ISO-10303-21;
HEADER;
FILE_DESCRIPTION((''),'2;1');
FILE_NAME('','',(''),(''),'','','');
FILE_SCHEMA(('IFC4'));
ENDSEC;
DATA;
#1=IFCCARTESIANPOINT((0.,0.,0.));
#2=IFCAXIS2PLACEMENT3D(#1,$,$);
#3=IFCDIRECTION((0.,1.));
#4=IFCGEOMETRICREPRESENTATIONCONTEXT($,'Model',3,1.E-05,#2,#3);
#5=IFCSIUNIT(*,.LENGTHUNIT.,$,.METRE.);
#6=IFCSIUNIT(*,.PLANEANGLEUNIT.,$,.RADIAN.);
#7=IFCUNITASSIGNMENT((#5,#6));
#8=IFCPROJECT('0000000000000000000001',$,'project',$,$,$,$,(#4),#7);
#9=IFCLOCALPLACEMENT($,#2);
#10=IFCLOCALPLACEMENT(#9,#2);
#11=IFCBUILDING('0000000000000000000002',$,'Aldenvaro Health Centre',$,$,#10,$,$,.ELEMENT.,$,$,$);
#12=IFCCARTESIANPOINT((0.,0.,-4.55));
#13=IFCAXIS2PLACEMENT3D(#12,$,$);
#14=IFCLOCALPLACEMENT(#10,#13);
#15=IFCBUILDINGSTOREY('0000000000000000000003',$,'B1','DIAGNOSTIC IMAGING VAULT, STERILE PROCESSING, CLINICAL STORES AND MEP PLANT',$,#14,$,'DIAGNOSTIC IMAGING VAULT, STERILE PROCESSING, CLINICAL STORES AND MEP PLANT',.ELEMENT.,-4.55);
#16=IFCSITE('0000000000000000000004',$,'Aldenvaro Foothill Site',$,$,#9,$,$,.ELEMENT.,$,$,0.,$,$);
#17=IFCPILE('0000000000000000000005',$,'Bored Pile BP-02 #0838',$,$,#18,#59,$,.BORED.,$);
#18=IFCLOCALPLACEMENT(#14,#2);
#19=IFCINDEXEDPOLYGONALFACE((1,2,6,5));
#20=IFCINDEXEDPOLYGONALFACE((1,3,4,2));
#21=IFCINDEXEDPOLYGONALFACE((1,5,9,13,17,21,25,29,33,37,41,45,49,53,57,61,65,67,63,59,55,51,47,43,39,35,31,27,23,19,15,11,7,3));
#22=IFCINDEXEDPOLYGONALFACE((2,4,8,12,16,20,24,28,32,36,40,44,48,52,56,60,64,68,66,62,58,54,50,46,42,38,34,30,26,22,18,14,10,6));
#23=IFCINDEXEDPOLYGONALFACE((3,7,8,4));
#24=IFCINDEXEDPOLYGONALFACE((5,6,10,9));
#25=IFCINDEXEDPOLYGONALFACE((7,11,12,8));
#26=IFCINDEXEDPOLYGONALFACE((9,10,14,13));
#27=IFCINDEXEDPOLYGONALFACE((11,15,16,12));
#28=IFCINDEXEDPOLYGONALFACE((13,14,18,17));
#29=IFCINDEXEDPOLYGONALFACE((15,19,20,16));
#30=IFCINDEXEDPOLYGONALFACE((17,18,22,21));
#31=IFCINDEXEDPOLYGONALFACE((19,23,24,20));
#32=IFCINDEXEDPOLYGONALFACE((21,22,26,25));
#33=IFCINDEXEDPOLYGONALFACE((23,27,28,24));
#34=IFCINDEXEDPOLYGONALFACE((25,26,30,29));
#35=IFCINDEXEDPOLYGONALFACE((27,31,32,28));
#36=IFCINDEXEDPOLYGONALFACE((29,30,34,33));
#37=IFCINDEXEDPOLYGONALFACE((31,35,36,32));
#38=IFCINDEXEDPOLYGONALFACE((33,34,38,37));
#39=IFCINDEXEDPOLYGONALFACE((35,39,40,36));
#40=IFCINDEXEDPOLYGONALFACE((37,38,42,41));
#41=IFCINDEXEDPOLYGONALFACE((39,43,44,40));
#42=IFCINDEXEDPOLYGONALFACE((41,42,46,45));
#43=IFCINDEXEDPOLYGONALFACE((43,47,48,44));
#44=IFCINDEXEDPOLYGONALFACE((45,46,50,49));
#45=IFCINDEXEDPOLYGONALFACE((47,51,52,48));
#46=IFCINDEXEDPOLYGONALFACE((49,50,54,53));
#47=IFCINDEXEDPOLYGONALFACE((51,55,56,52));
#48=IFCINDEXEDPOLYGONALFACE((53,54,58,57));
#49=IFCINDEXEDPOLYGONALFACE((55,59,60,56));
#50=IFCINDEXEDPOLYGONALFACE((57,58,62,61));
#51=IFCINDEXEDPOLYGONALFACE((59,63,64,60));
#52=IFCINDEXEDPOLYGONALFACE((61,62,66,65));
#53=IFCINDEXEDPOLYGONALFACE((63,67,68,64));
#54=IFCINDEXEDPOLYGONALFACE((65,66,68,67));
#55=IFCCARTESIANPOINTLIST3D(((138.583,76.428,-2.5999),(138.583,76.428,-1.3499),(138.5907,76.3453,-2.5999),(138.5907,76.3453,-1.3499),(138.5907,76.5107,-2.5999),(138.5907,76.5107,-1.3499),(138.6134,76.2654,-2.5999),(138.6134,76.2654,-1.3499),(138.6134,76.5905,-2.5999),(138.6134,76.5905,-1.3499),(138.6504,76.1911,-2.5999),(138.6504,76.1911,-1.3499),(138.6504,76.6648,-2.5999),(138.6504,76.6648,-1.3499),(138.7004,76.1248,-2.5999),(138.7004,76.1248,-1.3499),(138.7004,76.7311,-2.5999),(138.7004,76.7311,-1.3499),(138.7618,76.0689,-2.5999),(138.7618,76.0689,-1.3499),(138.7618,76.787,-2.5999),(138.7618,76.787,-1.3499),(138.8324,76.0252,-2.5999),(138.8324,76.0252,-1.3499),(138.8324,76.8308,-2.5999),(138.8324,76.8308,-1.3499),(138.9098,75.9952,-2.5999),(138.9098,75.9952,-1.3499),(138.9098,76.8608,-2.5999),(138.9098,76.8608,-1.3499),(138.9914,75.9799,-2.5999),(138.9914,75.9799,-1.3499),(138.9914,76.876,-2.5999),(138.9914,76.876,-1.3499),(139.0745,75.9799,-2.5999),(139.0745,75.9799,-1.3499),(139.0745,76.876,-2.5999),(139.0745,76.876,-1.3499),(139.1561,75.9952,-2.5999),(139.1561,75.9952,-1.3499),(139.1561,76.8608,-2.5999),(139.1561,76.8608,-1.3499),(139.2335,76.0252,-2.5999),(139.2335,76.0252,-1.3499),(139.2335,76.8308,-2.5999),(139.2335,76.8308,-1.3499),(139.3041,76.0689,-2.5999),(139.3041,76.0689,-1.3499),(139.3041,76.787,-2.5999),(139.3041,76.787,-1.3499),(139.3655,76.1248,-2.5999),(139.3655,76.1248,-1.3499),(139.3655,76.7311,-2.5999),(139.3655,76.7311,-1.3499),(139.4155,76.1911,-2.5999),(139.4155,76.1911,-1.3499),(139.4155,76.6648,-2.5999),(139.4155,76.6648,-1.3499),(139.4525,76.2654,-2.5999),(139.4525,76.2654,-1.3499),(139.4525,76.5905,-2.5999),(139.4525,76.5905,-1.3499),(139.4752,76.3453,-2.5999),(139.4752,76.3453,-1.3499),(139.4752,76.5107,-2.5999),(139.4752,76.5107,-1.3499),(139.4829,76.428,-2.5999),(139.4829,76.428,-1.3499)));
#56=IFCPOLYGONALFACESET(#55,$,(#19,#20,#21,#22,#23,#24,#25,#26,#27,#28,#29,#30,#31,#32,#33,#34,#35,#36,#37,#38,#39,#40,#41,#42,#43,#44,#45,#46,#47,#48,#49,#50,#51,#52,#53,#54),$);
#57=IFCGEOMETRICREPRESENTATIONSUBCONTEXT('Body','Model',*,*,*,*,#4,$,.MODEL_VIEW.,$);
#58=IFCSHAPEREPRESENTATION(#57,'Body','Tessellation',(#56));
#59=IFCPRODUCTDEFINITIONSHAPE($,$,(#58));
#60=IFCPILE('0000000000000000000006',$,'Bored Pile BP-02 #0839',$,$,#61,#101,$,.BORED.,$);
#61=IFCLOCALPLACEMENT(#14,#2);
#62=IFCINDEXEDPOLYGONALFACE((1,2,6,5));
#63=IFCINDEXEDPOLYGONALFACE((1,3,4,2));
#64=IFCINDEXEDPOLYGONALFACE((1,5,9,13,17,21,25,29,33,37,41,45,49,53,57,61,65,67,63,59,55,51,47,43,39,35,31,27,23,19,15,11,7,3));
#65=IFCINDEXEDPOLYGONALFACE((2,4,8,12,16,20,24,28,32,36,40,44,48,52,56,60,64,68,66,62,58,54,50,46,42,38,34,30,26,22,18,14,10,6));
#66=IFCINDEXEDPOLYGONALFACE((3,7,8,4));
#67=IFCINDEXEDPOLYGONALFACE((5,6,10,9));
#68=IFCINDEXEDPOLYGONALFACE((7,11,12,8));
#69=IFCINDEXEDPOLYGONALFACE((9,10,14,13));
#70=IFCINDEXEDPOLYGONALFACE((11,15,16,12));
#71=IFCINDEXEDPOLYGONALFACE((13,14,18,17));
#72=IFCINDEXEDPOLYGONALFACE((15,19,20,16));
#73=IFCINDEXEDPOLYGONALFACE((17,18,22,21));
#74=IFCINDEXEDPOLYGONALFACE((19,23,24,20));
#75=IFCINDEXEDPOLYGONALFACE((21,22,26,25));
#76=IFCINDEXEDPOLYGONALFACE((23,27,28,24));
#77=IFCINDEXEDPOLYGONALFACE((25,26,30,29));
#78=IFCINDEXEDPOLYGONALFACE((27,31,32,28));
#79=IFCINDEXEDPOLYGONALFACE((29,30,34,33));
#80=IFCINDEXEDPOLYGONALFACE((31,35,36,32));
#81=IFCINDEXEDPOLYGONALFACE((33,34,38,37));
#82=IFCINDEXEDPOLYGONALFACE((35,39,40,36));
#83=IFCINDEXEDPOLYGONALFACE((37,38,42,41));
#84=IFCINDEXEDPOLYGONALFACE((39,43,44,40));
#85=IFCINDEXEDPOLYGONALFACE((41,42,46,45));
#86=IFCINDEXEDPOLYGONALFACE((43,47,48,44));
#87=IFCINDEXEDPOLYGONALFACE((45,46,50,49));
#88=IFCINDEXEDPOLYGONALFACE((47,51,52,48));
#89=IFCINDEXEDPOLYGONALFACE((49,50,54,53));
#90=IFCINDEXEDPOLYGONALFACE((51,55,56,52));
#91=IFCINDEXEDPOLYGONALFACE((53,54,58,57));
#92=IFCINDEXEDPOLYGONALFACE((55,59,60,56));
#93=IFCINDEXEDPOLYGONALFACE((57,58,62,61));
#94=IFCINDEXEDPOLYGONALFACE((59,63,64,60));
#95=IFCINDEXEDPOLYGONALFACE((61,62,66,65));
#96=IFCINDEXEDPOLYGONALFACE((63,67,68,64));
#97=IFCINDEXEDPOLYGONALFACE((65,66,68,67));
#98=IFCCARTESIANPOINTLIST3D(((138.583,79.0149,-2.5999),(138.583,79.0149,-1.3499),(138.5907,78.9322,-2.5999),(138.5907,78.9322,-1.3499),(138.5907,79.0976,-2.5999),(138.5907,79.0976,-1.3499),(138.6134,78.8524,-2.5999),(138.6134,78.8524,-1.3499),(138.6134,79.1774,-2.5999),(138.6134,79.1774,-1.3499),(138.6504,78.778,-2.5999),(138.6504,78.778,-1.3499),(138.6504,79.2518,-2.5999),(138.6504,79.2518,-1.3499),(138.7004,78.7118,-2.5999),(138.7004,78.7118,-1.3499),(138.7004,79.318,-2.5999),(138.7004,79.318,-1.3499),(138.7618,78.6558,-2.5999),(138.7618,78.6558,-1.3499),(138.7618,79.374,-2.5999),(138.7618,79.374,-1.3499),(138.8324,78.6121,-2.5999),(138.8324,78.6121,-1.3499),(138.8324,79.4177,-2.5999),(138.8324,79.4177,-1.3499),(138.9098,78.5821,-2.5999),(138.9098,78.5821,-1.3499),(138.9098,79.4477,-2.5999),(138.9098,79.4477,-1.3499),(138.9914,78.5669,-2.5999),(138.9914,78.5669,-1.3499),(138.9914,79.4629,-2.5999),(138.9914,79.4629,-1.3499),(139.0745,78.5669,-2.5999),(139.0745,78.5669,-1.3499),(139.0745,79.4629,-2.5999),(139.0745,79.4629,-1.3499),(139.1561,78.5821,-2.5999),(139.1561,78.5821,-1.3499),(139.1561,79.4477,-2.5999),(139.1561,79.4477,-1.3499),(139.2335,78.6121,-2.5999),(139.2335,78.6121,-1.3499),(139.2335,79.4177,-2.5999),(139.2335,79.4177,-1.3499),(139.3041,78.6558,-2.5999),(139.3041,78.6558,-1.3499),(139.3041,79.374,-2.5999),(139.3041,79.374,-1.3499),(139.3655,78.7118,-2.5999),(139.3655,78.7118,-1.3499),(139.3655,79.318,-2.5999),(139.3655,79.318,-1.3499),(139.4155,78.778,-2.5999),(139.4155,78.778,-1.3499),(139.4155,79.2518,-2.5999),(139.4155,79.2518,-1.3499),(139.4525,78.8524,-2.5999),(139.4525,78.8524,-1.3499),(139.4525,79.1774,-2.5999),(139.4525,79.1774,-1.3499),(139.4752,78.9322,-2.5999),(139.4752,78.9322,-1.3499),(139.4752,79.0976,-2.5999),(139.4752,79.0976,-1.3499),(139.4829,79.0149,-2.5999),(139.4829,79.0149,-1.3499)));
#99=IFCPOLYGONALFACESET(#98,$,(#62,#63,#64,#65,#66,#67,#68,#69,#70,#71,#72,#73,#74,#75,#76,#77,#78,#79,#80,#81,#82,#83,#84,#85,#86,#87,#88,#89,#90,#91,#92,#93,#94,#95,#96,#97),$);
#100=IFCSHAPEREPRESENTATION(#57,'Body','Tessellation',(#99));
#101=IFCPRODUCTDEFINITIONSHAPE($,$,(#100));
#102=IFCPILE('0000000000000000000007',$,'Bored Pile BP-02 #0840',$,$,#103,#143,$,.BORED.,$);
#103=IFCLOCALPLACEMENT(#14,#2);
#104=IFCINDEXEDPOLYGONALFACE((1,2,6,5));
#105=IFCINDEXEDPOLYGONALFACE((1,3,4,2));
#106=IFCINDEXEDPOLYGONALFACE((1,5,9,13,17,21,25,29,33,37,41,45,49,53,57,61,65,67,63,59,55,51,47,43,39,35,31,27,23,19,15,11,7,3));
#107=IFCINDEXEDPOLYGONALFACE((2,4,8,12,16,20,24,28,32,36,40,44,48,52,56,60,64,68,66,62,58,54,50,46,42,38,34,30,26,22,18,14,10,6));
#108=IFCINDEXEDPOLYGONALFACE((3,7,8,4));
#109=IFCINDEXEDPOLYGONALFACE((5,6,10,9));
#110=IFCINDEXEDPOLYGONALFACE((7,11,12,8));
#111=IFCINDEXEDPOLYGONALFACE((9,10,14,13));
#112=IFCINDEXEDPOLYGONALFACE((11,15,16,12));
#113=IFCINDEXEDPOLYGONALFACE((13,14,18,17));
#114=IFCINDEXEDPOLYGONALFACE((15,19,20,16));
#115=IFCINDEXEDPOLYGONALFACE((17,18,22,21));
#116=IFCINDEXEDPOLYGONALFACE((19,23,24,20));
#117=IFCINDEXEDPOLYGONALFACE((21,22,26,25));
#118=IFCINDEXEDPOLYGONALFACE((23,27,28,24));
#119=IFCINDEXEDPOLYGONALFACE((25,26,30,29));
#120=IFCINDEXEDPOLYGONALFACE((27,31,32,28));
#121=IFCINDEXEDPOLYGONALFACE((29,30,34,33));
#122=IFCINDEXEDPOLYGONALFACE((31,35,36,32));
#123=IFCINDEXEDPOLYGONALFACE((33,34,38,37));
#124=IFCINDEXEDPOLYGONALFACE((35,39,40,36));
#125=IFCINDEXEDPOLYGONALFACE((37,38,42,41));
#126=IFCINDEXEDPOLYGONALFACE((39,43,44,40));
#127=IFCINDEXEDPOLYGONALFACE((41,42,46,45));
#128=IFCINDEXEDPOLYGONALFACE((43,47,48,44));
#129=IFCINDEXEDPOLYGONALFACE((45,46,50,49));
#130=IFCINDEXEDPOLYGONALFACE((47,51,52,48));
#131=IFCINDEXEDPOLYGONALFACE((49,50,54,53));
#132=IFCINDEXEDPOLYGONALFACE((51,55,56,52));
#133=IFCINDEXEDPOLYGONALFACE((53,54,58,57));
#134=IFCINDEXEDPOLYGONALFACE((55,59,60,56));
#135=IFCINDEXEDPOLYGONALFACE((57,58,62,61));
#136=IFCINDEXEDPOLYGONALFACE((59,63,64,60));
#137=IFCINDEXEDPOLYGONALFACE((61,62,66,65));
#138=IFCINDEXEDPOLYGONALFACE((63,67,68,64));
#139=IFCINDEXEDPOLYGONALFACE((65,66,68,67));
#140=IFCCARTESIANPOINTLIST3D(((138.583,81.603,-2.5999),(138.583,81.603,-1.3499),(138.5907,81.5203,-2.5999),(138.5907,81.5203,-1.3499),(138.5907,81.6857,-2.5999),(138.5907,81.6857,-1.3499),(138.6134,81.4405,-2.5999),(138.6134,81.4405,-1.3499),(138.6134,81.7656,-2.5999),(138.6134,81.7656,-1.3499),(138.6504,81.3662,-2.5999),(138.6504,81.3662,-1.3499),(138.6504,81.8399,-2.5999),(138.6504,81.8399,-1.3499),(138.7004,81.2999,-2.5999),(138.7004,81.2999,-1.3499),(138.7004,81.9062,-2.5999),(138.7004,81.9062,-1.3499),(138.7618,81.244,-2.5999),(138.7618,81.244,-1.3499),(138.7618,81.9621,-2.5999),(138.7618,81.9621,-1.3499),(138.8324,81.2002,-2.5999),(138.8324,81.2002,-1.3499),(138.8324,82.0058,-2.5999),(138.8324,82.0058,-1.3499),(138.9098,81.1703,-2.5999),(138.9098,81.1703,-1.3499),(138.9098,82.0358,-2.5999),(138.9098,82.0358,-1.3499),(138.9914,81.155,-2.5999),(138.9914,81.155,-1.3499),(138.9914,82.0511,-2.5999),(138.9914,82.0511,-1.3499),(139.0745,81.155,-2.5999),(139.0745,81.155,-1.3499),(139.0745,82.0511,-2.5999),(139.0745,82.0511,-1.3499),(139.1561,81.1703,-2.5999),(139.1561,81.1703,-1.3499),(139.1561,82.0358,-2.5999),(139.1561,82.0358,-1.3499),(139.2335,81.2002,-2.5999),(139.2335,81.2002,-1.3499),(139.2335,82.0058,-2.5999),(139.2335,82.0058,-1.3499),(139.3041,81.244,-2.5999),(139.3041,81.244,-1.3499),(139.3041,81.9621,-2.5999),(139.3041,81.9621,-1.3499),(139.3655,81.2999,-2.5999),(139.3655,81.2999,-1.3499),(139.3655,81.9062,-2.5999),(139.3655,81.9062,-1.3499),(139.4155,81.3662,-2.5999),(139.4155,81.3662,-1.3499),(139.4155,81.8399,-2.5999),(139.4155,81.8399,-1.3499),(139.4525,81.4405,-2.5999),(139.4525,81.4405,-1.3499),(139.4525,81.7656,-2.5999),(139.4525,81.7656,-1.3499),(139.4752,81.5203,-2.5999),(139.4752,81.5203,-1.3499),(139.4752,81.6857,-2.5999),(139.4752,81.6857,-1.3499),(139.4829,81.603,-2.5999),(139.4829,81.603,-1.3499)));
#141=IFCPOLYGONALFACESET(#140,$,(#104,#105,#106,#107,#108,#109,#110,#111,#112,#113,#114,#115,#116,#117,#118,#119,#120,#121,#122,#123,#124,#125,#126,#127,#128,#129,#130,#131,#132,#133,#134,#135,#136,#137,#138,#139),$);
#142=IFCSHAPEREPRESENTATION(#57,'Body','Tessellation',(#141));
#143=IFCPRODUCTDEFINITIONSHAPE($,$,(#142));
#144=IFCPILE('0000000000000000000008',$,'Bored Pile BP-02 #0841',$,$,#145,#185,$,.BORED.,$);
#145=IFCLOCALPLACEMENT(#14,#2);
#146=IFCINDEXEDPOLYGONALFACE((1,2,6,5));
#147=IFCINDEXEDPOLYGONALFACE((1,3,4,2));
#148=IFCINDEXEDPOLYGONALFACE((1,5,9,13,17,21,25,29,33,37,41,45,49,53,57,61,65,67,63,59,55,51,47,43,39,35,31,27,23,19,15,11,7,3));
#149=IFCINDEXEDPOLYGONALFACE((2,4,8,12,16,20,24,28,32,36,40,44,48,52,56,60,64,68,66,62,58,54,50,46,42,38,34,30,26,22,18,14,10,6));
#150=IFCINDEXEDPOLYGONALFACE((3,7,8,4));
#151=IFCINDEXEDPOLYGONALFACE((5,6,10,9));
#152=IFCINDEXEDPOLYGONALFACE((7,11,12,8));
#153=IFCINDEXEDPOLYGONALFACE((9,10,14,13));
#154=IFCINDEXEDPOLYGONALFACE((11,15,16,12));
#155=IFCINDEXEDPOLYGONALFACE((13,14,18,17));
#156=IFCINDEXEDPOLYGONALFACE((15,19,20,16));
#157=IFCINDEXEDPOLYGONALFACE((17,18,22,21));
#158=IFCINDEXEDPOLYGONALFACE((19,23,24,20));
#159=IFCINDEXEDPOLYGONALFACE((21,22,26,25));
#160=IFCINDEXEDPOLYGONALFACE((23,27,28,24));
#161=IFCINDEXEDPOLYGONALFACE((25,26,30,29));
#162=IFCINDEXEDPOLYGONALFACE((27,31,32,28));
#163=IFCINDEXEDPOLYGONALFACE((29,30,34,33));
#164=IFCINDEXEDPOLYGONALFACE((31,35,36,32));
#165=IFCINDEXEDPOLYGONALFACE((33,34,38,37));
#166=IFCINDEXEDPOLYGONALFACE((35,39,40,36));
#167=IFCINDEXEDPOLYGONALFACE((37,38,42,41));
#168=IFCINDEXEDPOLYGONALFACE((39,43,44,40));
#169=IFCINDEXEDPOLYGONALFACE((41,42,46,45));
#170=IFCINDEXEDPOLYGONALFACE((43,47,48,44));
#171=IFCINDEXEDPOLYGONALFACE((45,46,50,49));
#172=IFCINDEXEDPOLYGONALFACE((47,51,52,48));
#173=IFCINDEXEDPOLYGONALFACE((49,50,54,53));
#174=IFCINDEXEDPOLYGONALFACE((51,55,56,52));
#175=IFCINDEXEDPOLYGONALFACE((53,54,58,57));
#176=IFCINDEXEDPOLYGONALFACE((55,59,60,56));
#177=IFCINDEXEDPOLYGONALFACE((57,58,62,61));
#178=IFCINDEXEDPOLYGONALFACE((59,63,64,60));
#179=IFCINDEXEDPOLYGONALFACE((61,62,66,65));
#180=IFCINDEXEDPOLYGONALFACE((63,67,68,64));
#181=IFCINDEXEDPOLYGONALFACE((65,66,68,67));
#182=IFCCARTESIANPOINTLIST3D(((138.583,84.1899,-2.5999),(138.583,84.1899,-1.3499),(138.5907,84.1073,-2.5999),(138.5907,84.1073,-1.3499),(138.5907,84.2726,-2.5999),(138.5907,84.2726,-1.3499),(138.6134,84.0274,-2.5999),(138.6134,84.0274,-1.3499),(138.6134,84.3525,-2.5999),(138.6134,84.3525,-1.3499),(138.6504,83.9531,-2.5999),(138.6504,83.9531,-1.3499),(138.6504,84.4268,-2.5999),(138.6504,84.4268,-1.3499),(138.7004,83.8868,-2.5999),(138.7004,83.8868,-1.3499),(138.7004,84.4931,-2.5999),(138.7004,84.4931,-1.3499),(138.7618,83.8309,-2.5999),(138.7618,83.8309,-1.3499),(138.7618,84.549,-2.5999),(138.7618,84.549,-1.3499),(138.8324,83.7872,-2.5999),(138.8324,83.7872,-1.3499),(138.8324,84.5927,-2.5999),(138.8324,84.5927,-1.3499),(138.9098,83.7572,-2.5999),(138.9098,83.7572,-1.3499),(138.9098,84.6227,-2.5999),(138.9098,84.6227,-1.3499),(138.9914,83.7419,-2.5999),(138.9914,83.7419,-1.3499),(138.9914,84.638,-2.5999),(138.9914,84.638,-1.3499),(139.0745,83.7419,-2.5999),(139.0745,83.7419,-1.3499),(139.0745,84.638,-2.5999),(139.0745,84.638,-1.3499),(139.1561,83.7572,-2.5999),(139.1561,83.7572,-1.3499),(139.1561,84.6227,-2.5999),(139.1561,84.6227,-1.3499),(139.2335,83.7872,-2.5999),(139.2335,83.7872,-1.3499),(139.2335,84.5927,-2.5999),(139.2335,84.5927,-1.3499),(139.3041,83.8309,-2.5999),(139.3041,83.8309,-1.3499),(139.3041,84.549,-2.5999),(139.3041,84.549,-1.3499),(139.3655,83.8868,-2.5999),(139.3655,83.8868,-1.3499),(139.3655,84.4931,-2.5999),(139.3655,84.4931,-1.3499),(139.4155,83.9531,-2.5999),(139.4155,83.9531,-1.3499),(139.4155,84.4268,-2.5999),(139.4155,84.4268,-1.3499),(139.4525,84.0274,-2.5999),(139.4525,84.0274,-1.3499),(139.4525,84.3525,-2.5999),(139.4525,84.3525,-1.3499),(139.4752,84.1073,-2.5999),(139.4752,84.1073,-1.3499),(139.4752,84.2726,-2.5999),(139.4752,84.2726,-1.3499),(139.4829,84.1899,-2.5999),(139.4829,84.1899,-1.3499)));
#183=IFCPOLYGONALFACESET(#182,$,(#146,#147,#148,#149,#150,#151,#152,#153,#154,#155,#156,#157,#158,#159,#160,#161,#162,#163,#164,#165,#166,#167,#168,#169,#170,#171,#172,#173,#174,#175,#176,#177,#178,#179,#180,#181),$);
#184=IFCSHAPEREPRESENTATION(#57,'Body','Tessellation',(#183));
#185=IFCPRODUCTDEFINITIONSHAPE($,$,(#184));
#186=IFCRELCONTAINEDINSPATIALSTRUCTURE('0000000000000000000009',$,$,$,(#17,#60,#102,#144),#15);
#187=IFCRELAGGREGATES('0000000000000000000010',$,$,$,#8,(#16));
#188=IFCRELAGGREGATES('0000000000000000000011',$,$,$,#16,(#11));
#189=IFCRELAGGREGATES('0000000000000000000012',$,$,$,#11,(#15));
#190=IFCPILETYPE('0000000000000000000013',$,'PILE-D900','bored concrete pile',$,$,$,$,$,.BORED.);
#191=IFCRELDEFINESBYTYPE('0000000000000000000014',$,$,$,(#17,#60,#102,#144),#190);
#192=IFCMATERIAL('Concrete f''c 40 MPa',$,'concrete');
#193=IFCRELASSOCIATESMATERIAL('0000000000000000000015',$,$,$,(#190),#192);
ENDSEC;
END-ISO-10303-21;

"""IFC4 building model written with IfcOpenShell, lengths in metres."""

from ifc_helpers import new_model, si_unit, direction, frame, origin, origin_2d, place, context, subcontext, project, spatial, circle, extrude, material, material_profile, profile_set, type_object, element, save


model = new_model("IFC4")

# Units and contexts
model_context = context("Model", 3, precision=1e-05, world=origin(), true_north=direction((0.0, 1.0)))
body_context = subcontext(model_context, "Body", "Model", "MODEL_VIEW")
ifc_project = project(units=[si_unit("LENGTHUNIT", "METRE"), si_unit("PLANEANGLEUNIT", "RADIAN")], contexts=[model_context])

# Site, building, storey
site_placement = place(None, origin())
site = spatial("IfcSite", under=ifc_project, at=site_placement, Name="Aldenvaro Foothill Site", CompositionType="ELEMENT", RefElevation=0.0)
building_placement = place(site_placement, origin())
building = spatial("IfcBuilding", under=site, at=building_placement, Name="Aldenvaro Health Centre", CompositionType="ELEMENT")
storey_placement = place(building_placement, frame((0.0, 0.0, -4.55)))
storey = spatial("IfcBuildingStorey", under=building, at=storey_placement, Name="B1", Description="DIAGNOSTIC IMAGING VAULT, STERILE PROCESSING, CLINICAL STORES AND MEP PLANT", LongName="DIAGNOSTIC IMAGING VAULT, STERILE PROCESSING, CLINICAL STORES AND MEP PLANT", CompositionType="ELEMENT", Elevation=-4.55)

# Piles
ifc_material_1 = material(Name="Concrete f'c 40 MPa", Category="concrete")
ifc_material_profile_1 = material_profile(ifc_material_1, circle(Radius=0.45, at=origin_2d()), Name="PILE D900", Category="concrete")
ifc_profile_set_1 = profile_set([ifc_material_profile_1], Name="Concrete f'c 40 MPa")
pile_type = type_object("IfcPileType", Name="PILE-D900", Description="bored concrete pile", PredefinedType="BORED", material=ifc_profile_set_1)
for number, where, z_axis, x_axis, name in (
    (1, (139.033, 76.428, -1.3499), (0.0, 0.0, -1.0), (1.0, 0.0, 0.0), "Bored Pile BP-02 #0838"),
    (2, (139.033, 79.0149, -1.3499), (0.0, 0.0, -1.0), (1.0, 0.0, 0.0), "Bored Pile BP-02 #0839"),
    (3, (139.033, 81.603, -1.3499), (0.0, 0.0, -1.0), (1.0, 0.0, 0.0), "Bored Pile BP-02 #0840"),
    (4, (139.033, 84.1899, -1.3499), (0.0, 0.0, -1.0), (1.0, 0.0, 0.0), "Bored Pile BP-02 #0841"),
):
    element("IfcPile", number, at=place(storey_placement, frame(where, z_axis=z_axis, x_axis=x_axis)), inside=storey, type_object=pile_type, Name=name, PredefinedType="BORED", context=body_context, shape_type="SweptSolid", body=[
        extrude(circle(Radius=0.45, at=origin_2d()), origin(), (0.0, 0.0, 1.0), 1.25),
    ])

save(model, "model.ifc")
